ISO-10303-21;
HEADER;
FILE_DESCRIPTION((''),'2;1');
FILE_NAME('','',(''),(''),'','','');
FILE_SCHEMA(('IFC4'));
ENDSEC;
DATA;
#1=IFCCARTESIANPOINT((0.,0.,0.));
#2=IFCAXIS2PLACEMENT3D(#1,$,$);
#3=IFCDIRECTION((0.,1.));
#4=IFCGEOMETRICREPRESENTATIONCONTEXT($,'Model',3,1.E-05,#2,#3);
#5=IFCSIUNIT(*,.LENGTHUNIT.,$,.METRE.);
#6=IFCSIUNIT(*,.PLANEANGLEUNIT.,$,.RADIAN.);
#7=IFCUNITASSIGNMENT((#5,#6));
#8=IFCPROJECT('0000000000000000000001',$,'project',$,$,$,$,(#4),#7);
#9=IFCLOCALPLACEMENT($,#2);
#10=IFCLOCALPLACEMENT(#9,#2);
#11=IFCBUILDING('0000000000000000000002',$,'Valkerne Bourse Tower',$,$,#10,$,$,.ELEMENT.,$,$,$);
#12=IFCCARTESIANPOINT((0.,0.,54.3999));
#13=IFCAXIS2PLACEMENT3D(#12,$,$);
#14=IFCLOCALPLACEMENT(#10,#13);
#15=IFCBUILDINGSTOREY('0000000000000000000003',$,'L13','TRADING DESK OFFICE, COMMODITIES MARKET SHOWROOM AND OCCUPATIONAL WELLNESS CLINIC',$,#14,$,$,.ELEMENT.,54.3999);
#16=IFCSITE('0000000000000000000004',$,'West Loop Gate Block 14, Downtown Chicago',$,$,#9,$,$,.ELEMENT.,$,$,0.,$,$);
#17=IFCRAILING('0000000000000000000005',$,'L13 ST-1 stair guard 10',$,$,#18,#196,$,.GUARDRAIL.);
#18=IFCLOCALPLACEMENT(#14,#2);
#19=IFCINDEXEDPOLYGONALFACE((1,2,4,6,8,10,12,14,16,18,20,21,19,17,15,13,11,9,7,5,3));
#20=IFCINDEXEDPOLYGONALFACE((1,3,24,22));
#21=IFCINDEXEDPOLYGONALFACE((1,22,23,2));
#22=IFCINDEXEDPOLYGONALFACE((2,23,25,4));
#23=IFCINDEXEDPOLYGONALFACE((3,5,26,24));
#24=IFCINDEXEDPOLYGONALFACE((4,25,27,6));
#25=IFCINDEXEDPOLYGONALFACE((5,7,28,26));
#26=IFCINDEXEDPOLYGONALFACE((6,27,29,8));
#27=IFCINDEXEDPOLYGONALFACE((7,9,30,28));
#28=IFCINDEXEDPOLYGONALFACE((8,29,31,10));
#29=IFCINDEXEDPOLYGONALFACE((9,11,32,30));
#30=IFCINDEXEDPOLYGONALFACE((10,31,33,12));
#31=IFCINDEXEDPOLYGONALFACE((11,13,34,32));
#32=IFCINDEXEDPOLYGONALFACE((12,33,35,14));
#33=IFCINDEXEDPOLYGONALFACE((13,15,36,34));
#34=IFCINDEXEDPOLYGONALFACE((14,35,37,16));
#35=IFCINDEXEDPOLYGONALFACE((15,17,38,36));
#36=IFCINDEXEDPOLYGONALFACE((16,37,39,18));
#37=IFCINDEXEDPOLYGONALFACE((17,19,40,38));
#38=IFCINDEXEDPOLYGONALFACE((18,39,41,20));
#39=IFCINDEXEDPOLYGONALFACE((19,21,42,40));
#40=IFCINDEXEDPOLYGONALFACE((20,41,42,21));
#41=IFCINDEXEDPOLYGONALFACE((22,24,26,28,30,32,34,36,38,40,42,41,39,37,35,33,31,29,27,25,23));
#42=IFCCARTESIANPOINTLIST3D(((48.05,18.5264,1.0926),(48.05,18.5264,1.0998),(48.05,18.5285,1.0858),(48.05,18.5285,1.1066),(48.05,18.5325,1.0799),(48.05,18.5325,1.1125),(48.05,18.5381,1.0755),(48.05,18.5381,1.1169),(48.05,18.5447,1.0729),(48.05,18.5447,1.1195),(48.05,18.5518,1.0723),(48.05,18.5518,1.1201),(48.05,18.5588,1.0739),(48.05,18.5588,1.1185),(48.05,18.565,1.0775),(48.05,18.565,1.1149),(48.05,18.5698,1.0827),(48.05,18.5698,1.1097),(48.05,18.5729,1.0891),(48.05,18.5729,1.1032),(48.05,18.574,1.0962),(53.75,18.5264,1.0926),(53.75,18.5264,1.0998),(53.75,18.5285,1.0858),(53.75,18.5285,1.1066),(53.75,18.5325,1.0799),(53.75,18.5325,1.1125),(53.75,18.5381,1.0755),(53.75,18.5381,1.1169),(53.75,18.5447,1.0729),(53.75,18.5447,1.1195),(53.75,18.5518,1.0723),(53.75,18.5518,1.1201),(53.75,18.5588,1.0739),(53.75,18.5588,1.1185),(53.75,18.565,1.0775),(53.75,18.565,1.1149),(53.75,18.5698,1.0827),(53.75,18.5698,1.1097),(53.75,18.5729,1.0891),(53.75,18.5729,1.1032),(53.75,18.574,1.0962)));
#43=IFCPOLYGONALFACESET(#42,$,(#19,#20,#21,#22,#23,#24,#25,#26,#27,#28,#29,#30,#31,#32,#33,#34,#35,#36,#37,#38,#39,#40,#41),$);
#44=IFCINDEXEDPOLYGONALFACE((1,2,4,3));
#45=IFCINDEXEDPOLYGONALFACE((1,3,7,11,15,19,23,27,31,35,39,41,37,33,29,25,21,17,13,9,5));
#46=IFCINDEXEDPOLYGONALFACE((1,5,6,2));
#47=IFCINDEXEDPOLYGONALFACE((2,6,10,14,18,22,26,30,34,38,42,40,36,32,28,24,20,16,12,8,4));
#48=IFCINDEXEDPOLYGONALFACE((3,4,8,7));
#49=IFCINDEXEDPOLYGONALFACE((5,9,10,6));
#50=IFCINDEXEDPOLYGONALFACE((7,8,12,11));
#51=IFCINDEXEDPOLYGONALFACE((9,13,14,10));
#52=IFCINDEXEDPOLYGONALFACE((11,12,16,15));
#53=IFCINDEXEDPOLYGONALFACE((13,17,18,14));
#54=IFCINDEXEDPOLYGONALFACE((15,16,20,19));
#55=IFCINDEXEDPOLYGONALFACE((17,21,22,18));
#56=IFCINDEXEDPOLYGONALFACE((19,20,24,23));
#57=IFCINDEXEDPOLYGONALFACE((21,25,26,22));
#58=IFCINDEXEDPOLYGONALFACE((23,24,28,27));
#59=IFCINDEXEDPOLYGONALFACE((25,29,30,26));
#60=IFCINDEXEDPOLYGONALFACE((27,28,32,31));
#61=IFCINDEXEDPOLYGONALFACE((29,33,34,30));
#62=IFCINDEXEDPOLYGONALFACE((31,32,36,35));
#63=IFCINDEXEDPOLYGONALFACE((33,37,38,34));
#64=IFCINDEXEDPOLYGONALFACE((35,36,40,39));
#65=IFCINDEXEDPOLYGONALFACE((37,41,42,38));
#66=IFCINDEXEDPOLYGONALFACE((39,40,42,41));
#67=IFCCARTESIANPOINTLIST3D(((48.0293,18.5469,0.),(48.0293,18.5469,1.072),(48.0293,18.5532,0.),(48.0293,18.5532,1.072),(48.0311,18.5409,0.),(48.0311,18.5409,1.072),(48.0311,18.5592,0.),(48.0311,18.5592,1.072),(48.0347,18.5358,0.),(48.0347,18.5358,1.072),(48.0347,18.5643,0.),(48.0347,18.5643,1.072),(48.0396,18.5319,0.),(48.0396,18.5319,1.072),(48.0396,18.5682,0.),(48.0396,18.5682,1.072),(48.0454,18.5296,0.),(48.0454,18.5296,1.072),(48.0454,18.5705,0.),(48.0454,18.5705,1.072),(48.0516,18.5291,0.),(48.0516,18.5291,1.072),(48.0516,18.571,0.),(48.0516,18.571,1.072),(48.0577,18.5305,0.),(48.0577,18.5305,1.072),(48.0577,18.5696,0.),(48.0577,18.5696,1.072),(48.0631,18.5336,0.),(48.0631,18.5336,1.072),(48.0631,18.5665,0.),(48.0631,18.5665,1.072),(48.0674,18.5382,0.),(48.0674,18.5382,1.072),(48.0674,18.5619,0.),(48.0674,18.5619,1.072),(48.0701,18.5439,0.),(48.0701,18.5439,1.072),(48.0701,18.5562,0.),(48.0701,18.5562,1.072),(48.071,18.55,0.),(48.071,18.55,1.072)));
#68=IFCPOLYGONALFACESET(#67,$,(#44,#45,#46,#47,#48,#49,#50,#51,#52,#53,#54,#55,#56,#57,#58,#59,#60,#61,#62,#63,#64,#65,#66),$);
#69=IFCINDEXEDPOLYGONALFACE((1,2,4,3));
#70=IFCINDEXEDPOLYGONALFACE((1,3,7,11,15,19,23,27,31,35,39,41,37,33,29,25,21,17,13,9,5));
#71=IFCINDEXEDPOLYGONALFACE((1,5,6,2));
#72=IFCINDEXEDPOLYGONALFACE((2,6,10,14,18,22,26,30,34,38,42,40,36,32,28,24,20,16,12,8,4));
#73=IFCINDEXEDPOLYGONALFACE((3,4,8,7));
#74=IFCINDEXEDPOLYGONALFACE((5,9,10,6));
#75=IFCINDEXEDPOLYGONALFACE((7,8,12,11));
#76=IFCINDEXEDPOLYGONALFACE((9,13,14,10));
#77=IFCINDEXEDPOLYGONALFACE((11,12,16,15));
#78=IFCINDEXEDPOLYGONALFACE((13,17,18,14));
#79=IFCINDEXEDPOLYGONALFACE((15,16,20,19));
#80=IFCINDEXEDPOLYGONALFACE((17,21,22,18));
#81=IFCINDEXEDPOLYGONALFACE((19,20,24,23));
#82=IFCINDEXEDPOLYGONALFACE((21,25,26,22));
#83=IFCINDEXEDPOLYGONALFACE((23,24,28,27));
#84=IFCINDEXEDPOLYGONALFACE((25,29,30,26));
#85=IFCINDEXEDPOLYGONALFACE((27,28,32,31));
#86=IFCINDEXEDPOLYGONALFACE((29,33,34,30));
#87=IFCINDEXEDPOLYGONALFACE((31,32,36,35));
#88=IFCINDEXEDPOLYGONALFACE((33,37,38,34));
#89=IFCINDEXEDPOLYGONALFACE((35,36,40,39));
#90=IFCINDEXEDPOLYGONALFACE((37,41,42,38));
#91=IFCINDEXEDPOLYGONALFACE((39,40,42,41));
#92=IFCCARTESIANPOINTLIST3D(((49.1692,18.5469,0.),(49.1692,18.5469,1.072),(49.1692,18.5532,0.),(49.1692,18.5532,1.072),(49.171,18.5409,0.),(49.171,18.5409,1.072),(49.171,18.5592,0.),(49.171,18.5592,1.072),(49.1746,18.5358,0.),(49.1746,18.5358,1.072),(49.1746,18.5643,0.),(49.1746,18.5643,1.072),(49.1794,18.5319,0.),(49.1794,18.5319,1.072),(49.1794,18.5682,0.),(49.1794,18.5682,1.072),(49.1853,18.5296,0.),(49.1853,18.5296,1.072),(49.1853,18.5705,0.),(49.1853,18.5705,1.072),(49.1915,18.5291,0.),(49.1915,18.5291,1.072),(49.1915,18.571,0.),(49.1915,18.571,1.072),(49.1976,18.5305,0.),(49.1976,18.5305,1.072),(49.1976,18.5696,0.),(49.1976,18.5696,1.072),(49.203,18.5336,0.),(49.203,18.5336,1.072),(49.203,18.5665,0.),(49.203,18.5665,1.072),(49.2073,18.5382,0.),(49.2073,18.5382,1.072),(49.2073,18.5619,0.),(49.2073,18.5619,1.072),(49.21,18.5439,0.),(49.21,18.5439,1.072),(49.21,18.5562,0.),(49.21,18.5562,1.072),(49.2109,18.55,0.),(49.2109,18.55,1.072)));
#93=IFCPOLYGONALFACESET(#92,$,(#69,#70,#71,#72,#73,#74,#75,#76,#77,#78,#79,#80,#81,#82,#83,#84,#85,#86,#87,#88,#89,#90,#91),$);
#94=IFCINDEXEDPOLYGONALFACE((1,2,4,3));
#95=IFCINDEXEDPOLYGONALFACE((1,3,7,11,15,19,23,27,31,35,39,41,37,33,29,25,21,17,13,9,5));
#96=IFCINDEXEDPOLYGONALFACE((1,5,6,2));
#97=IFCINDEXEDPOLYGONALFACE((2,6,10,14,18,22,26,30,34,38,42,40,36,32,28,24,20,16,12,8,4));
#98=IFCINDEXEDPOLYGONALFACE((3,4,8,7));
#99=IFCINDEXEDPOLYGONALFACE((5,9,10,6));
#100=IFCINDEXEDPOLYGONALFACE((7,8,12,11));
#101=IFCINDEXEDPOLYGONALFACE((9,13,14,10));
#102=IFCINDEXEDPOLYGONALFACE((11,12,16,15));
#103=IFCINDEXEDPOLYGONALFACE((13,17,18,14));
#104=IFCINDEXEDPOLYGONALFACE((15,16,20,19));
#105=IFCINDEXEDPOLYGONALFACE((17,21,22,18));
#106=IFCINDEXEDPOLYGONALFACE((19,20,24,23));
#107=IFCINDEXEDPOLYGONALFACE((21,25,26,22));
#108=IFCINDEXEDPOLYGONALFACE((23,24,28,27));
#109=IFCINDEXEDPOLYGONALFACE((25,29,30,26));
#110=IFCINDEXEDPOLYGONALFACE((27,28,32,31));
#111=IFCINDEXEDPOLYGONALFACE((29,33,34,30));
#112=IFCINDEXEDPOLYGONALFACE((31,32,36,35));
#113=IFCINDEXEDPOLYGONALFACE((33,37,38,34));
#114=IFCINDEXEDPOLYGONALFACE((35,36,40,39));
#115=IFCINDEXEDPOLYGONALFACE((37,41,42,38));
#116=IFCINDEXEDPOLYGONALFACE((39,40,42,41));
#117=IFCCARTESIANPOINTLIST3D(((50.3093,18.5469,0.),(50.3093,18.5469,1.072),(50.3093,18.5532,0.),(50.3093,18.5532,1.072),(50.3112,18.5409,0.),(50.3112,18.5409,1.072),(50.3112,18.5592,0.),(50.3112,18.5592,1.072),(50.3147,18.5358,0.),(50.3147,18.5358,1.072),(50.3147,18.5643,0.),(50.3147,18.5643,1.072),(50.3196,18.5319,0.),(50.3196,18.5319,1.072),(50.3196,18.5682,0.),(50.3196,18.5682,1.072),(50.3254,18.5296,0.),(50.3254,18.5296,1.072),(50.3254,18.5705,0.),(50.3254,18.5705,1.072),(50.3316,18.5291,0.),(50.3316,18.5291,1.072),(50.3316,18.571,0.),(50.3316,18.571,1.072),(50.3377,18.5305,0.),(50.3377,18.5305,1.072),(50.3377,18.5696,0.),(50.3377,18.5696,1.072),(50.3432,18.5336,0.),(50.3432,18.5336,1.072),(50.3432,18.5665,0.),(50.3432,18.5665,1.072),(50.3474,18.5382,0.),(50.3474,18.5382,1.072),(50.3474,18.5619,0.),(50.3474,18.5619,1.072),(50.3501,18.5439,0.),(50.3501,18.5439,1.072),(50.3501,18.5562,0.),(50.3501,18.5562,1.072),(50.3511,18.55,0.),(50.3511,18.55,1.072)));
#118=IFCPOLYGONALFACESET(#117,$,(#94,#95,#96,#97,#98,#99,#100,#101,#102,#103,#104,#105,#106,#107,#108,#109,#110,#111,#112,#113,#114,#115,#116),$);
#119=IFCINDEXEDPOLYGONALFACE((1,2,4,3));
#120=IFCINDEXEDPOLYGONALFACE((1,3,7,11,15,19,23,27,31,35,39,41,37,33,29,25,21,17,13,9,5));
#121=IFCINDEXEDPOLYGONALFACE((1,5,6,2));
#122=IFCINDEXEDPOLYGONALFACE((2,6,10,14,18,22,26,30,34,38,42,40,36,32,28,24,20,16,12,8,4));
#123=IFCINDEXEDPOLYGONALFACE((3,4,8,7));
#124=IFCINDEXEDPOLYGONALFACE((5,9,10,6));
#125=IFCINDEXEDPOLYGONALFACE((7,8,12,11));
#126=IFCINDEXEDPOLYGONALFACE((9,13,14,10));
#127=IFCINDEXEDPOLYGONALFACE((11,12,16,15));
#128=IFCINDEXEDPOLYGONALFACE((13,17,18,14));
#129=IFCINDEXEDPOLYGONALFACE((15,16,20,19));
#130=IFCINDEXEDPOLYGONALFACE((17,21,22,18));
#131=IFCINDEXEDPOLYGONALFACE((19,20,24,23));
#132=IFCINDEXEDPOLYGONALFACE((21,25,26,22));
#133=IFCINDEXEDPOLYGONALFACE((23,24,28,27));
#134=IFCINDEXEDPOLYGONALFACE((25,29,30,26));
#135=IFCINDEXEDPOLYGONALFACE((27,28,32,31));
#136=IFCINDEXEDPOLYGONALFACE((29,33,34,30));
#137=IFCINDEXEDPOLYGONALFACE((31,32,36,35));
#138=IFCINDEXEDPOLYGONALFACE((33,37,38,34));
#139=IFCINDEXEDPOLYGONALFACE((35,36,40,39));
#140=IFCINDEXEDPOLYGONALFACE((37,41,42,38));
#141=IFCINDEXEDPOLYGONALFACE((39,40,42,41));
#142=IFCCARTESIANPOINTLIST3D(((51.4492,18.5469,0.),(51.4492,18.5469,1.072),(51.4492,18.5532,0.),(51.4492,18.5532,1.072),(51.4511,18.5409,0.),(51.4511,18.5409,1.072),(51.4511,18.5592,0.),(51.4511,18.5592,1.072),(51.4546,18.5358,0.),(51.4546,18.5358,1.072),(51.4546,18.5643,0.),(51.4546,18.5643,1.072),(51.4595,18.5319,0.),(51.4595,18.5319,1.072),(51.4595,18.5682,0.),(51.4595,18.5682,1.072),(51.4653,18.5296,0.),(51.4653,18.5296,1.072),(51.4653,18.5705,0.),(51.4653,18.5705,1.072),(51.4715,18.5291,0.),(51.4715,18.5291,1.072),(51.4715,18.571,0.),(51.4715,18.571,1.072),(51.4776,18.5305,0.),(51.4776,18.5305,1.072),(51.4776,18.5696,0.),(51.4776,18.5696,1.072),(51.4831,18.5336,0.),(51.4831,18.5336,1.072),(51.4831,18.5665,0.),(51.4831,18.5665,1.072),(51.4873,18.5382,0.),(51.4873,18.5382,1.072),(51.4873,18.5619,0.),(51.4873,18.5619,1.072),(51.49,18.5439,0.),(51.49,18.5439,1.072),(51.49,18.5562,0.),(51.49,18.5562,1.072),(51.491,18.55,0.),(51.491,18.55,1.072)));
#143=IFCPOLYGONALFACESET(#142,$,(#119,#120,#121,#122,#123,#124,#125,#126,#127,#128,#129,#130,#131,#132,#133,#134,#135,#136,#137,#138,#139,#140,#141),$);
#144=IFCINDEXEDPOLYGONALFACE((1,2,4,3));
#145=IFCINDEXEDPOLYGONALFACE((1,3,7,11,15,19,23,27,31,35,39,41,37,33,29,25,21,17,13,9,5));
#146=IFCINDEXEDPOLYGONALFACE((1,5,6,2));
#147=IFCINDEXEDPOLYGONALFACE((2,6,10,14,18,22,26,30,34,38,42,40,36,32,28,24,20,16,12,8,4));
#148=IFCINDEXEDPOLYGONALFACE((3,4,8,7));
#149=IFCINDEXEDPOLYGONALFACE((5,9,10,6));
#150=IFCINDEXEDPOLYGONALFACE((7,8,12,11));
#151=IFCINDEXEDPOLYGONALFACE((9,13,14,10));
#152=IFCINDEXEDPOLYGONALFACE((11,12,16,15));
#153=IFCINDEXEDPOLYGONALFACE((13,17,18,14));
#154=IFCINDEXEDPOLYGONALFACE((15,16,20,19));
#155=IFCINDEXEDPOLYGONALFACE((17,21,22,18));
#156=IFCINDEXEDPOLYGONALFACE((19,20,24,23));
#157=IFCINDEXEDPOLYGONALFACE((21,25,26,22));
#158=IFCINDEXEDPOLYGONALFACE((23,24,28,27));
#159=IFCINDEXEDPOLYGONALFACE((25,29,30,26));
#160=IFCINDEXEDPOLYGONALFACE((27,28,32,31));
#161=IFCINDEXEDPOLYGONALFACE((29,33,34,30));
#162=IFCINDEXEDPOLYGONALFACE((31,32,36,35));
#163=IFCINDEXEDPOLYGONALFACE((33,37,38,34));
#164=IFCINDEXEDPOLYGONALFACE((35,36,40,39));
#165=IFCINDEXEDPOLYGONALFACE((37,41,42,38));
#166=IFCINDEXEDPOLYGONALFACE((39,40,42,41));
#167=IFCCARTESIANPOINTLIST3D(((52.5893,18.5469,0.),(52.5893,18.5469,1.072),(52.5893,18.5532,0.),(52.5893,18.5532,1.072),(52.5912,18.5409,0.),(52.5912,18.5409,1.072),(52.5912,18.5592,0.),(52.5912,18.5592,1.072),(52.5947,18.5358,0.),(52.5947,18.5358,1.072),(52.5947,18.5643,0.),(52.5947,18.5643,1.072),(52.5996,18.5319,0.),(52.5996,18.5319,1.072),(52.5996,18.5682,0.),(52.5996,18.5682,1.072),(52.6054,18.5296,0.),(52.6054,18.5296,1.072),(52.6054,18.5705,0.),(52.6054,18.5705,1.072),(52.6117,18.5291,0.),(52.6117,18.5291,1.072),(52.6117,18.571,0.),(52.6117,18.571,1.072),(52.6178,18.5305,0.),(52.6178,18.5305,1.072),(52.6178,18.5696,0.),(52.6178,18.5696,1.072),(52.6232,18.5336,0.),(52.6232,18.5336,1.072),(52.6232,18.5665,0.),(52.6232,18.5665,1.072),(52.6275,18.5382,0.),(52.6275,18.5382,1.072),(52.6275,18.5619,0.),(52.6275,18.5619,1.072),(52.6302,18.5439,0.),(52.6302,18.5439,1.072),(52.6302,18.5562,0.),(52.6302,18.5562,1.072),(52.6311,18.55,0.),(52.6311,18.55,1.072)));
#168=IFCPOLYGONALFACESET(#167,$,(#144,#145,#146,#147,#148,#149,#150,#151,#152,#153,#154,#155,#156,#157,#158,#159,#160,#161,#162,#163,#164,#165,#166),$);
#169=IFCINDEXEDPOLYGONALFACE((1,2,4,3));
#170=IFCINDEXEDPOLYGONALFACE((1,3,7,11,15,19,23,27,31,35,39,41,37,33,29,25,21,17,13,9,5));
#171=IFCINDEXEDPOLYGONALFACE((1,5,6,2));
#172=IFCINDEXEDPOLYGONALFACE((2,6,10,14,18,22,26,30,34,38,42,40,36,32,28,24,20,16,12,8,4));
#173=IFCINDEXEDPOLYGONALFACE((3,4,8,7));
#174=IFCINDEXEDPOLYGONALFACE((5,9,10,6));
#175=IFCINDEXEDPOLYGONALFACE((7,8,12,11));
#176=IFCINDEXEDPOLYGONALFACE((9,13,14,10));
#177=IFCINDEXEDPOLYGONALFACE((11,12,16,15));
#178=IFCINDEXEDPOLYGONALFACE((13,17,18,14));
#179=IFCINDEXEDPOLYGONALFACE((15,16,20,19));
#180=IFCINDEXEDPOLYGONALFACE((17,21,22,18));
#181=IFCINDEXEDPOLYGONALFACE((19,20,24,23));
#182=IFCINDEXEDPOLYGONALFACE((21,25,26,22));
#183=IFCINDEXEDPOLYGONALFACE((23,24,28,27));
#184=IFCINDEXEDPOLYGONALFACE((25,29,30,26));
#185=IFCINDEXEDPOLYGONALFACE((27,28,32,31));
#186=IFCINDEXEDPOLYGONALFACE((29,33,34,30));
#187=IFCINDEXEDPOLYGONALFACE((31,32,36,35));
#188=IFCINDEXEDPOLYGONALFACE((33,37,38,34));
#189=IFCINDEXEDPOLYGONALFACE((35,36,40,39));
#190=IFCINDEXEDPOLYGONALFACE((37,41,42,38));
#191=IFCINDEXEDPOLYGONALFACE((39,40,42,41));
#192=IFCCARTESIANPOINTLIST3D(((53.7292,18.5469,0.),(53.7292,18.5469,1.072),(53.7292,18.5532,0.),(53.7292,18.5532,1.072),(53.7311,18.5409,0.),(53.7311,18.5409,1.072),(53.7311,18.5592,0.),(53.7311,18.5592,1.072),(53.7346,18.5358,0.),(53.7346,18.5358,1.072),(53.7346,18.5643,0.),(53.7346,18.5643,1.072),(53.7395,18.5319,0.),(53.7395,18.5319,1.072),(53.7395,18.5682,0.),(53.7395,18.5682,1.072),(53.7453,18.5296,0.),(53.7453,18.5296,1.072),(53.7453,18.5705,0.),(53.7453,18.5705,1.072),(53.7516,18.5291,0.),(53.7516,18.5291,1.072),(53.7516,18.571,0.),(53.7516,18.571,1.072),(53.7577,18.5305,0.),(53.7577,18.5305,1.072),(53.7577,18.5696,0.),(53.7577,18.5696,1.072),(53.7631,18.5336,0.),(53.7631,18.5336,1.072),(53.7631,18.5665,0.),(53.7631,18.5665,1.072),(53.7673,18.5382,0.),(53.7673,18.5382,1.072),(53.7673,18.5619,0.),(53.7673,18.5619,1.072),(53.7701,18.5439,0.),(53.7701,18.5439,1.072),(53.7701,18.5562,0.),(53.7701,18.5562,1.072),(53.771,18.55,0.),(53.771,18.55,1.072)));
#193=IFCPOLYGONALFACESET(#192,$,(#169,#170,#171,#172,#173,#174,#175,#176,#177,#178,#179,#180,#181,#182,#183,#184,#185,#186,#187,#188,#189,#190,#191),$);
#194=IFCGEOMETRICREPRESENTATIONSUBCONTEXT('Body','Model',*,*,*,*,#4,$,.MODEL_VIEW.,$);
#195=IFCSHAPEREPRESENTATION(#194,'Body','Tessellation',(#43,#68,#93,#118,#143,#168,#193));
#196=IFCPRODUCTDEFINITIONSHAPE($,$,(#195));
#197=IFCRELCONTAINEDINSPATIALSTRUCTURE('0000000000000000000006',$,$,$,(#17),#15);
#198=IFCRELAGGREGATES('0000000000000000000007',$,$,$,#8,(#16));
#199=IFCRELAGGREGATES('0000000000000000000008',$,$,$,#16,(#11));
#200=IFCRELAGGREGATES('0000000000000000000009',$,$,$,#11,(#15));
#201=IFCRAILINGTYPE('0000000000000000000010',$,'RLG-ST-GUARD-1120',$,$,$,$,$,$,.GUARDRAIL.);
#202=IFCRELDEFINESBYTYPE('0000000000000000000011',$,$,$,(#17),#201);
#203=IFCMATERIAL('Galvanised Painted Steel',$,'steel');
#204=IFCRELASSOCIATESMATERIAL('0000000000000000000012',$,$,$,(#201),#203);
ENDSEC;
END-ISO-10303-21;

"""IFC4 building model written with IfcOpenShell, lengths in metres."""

from ifc_helpers import new_model, si_unit, direction, frame, origin, origin_2d, place, context, subcontext, project, spatial, circle, extrude, material, type_object, element, save


model = new_model("IFC4")

# Units and contexts
model_context = context("Model", 3, precision=1e-05, world=origin(), true_north=direction((0.0, 1.0)))
body_context = subcontext(model_context, "Body", "Model", "MODEL_VIEW")
ifc_project = project(units=[si_unit("LENGTHUNIT", "METRE"), si_unit("PLANEANGLEUNIT", "RADIAN")], contexts=[model_context])

# Site, building, storey
site_placement = place(None, origin())
site = spatial("IfcSite", under=ifc_project, at=site_placement, Name="West Loop Gate Block 14, Downtown Chicago", CompositionType="ELEMENT", RefElevation=0.0)
building_placement = place(site_placement, origin())
building = spatial("IfcBuilding", under=site, at=building_placement, Name="Valkerne Bourse Tower", CompositionType="ELEMENT")
storey_placement = place(building_placement, frame((0.0, 0.0, 54.3999)))
storey = spatial("IfcBuildingStorey", under=building, at=storey_placement, Name="L13", Description="TRADING DESK OFFICE, COMMODITIES MARKET SHOWROOM AND OCCUPATIONAL WELLNESS CLINIC", CompositionType="ELEMENT", Elevation=54.3999)

# Shared definitions
ifc_material_1 = material(Name="Galvanised Painted Steel", Category="steel")

# Railing
railing_type = type_object("IfcRailingType", Name="RLG-ST-GUARD-1120", PredefinedType="GUARDRAIL", material=ifc_material_1)
for number, where, name in (
    (1, (48.05, 18.55, 0.0), "L13 ST-1 stair guard 10"),
):
    element("IfcRailing", number, at=place(storey_placement, frame(where)), inside=storey, type_object=railing_type, Name=name, PredefinedType="GUARDRAIL", context=body_context, shape_type="SweptSolid", body=[
        extrude(circle(Radius=0.0239, at=origin_2d()), frame((0.0, 0.0, 1.0962), z_axis=(1.0, 0.0, 0.0), x_axis=(0.0, 1.0, 0.0)), (0.0, 0.0, 1.0), 5.7),
        extrude(circle(Radius=0.021, at=origin_2d()), origin(), (0.0, 0.0, 1.0), 1.072),
        extrude(circle(Radius=0.021, at=origin_2d()), frame((1.1399, 0.0, 0.0)), (0.0, 0.0, 1.0), 1.072),
        extrude(circle(Radius=0.021, at=origin_2d()), frame((2.28, 0.0, 0.0)), (0.0, 0.0, 1.0), 1.072),
        extrude(circle(Radius=0.021, at=origin_2d()), frame((3.4199, 0.0, 0.0)), (0.0, 0.0, 1.0), 1.072),
        extrude(circle(Radius=0.021, at=origin_2d()), frame((4.5601, 0.0, 0.0)), (0.0, 0.0, 1.0), 1.072),
        extrude(circle(Radius=0.021, at=origin_2d()), frame((5.7, 0.0, 0.0)), (0.0, 0.0, 1.0), 1.072),
    ])

save(model, "model.ifc")
